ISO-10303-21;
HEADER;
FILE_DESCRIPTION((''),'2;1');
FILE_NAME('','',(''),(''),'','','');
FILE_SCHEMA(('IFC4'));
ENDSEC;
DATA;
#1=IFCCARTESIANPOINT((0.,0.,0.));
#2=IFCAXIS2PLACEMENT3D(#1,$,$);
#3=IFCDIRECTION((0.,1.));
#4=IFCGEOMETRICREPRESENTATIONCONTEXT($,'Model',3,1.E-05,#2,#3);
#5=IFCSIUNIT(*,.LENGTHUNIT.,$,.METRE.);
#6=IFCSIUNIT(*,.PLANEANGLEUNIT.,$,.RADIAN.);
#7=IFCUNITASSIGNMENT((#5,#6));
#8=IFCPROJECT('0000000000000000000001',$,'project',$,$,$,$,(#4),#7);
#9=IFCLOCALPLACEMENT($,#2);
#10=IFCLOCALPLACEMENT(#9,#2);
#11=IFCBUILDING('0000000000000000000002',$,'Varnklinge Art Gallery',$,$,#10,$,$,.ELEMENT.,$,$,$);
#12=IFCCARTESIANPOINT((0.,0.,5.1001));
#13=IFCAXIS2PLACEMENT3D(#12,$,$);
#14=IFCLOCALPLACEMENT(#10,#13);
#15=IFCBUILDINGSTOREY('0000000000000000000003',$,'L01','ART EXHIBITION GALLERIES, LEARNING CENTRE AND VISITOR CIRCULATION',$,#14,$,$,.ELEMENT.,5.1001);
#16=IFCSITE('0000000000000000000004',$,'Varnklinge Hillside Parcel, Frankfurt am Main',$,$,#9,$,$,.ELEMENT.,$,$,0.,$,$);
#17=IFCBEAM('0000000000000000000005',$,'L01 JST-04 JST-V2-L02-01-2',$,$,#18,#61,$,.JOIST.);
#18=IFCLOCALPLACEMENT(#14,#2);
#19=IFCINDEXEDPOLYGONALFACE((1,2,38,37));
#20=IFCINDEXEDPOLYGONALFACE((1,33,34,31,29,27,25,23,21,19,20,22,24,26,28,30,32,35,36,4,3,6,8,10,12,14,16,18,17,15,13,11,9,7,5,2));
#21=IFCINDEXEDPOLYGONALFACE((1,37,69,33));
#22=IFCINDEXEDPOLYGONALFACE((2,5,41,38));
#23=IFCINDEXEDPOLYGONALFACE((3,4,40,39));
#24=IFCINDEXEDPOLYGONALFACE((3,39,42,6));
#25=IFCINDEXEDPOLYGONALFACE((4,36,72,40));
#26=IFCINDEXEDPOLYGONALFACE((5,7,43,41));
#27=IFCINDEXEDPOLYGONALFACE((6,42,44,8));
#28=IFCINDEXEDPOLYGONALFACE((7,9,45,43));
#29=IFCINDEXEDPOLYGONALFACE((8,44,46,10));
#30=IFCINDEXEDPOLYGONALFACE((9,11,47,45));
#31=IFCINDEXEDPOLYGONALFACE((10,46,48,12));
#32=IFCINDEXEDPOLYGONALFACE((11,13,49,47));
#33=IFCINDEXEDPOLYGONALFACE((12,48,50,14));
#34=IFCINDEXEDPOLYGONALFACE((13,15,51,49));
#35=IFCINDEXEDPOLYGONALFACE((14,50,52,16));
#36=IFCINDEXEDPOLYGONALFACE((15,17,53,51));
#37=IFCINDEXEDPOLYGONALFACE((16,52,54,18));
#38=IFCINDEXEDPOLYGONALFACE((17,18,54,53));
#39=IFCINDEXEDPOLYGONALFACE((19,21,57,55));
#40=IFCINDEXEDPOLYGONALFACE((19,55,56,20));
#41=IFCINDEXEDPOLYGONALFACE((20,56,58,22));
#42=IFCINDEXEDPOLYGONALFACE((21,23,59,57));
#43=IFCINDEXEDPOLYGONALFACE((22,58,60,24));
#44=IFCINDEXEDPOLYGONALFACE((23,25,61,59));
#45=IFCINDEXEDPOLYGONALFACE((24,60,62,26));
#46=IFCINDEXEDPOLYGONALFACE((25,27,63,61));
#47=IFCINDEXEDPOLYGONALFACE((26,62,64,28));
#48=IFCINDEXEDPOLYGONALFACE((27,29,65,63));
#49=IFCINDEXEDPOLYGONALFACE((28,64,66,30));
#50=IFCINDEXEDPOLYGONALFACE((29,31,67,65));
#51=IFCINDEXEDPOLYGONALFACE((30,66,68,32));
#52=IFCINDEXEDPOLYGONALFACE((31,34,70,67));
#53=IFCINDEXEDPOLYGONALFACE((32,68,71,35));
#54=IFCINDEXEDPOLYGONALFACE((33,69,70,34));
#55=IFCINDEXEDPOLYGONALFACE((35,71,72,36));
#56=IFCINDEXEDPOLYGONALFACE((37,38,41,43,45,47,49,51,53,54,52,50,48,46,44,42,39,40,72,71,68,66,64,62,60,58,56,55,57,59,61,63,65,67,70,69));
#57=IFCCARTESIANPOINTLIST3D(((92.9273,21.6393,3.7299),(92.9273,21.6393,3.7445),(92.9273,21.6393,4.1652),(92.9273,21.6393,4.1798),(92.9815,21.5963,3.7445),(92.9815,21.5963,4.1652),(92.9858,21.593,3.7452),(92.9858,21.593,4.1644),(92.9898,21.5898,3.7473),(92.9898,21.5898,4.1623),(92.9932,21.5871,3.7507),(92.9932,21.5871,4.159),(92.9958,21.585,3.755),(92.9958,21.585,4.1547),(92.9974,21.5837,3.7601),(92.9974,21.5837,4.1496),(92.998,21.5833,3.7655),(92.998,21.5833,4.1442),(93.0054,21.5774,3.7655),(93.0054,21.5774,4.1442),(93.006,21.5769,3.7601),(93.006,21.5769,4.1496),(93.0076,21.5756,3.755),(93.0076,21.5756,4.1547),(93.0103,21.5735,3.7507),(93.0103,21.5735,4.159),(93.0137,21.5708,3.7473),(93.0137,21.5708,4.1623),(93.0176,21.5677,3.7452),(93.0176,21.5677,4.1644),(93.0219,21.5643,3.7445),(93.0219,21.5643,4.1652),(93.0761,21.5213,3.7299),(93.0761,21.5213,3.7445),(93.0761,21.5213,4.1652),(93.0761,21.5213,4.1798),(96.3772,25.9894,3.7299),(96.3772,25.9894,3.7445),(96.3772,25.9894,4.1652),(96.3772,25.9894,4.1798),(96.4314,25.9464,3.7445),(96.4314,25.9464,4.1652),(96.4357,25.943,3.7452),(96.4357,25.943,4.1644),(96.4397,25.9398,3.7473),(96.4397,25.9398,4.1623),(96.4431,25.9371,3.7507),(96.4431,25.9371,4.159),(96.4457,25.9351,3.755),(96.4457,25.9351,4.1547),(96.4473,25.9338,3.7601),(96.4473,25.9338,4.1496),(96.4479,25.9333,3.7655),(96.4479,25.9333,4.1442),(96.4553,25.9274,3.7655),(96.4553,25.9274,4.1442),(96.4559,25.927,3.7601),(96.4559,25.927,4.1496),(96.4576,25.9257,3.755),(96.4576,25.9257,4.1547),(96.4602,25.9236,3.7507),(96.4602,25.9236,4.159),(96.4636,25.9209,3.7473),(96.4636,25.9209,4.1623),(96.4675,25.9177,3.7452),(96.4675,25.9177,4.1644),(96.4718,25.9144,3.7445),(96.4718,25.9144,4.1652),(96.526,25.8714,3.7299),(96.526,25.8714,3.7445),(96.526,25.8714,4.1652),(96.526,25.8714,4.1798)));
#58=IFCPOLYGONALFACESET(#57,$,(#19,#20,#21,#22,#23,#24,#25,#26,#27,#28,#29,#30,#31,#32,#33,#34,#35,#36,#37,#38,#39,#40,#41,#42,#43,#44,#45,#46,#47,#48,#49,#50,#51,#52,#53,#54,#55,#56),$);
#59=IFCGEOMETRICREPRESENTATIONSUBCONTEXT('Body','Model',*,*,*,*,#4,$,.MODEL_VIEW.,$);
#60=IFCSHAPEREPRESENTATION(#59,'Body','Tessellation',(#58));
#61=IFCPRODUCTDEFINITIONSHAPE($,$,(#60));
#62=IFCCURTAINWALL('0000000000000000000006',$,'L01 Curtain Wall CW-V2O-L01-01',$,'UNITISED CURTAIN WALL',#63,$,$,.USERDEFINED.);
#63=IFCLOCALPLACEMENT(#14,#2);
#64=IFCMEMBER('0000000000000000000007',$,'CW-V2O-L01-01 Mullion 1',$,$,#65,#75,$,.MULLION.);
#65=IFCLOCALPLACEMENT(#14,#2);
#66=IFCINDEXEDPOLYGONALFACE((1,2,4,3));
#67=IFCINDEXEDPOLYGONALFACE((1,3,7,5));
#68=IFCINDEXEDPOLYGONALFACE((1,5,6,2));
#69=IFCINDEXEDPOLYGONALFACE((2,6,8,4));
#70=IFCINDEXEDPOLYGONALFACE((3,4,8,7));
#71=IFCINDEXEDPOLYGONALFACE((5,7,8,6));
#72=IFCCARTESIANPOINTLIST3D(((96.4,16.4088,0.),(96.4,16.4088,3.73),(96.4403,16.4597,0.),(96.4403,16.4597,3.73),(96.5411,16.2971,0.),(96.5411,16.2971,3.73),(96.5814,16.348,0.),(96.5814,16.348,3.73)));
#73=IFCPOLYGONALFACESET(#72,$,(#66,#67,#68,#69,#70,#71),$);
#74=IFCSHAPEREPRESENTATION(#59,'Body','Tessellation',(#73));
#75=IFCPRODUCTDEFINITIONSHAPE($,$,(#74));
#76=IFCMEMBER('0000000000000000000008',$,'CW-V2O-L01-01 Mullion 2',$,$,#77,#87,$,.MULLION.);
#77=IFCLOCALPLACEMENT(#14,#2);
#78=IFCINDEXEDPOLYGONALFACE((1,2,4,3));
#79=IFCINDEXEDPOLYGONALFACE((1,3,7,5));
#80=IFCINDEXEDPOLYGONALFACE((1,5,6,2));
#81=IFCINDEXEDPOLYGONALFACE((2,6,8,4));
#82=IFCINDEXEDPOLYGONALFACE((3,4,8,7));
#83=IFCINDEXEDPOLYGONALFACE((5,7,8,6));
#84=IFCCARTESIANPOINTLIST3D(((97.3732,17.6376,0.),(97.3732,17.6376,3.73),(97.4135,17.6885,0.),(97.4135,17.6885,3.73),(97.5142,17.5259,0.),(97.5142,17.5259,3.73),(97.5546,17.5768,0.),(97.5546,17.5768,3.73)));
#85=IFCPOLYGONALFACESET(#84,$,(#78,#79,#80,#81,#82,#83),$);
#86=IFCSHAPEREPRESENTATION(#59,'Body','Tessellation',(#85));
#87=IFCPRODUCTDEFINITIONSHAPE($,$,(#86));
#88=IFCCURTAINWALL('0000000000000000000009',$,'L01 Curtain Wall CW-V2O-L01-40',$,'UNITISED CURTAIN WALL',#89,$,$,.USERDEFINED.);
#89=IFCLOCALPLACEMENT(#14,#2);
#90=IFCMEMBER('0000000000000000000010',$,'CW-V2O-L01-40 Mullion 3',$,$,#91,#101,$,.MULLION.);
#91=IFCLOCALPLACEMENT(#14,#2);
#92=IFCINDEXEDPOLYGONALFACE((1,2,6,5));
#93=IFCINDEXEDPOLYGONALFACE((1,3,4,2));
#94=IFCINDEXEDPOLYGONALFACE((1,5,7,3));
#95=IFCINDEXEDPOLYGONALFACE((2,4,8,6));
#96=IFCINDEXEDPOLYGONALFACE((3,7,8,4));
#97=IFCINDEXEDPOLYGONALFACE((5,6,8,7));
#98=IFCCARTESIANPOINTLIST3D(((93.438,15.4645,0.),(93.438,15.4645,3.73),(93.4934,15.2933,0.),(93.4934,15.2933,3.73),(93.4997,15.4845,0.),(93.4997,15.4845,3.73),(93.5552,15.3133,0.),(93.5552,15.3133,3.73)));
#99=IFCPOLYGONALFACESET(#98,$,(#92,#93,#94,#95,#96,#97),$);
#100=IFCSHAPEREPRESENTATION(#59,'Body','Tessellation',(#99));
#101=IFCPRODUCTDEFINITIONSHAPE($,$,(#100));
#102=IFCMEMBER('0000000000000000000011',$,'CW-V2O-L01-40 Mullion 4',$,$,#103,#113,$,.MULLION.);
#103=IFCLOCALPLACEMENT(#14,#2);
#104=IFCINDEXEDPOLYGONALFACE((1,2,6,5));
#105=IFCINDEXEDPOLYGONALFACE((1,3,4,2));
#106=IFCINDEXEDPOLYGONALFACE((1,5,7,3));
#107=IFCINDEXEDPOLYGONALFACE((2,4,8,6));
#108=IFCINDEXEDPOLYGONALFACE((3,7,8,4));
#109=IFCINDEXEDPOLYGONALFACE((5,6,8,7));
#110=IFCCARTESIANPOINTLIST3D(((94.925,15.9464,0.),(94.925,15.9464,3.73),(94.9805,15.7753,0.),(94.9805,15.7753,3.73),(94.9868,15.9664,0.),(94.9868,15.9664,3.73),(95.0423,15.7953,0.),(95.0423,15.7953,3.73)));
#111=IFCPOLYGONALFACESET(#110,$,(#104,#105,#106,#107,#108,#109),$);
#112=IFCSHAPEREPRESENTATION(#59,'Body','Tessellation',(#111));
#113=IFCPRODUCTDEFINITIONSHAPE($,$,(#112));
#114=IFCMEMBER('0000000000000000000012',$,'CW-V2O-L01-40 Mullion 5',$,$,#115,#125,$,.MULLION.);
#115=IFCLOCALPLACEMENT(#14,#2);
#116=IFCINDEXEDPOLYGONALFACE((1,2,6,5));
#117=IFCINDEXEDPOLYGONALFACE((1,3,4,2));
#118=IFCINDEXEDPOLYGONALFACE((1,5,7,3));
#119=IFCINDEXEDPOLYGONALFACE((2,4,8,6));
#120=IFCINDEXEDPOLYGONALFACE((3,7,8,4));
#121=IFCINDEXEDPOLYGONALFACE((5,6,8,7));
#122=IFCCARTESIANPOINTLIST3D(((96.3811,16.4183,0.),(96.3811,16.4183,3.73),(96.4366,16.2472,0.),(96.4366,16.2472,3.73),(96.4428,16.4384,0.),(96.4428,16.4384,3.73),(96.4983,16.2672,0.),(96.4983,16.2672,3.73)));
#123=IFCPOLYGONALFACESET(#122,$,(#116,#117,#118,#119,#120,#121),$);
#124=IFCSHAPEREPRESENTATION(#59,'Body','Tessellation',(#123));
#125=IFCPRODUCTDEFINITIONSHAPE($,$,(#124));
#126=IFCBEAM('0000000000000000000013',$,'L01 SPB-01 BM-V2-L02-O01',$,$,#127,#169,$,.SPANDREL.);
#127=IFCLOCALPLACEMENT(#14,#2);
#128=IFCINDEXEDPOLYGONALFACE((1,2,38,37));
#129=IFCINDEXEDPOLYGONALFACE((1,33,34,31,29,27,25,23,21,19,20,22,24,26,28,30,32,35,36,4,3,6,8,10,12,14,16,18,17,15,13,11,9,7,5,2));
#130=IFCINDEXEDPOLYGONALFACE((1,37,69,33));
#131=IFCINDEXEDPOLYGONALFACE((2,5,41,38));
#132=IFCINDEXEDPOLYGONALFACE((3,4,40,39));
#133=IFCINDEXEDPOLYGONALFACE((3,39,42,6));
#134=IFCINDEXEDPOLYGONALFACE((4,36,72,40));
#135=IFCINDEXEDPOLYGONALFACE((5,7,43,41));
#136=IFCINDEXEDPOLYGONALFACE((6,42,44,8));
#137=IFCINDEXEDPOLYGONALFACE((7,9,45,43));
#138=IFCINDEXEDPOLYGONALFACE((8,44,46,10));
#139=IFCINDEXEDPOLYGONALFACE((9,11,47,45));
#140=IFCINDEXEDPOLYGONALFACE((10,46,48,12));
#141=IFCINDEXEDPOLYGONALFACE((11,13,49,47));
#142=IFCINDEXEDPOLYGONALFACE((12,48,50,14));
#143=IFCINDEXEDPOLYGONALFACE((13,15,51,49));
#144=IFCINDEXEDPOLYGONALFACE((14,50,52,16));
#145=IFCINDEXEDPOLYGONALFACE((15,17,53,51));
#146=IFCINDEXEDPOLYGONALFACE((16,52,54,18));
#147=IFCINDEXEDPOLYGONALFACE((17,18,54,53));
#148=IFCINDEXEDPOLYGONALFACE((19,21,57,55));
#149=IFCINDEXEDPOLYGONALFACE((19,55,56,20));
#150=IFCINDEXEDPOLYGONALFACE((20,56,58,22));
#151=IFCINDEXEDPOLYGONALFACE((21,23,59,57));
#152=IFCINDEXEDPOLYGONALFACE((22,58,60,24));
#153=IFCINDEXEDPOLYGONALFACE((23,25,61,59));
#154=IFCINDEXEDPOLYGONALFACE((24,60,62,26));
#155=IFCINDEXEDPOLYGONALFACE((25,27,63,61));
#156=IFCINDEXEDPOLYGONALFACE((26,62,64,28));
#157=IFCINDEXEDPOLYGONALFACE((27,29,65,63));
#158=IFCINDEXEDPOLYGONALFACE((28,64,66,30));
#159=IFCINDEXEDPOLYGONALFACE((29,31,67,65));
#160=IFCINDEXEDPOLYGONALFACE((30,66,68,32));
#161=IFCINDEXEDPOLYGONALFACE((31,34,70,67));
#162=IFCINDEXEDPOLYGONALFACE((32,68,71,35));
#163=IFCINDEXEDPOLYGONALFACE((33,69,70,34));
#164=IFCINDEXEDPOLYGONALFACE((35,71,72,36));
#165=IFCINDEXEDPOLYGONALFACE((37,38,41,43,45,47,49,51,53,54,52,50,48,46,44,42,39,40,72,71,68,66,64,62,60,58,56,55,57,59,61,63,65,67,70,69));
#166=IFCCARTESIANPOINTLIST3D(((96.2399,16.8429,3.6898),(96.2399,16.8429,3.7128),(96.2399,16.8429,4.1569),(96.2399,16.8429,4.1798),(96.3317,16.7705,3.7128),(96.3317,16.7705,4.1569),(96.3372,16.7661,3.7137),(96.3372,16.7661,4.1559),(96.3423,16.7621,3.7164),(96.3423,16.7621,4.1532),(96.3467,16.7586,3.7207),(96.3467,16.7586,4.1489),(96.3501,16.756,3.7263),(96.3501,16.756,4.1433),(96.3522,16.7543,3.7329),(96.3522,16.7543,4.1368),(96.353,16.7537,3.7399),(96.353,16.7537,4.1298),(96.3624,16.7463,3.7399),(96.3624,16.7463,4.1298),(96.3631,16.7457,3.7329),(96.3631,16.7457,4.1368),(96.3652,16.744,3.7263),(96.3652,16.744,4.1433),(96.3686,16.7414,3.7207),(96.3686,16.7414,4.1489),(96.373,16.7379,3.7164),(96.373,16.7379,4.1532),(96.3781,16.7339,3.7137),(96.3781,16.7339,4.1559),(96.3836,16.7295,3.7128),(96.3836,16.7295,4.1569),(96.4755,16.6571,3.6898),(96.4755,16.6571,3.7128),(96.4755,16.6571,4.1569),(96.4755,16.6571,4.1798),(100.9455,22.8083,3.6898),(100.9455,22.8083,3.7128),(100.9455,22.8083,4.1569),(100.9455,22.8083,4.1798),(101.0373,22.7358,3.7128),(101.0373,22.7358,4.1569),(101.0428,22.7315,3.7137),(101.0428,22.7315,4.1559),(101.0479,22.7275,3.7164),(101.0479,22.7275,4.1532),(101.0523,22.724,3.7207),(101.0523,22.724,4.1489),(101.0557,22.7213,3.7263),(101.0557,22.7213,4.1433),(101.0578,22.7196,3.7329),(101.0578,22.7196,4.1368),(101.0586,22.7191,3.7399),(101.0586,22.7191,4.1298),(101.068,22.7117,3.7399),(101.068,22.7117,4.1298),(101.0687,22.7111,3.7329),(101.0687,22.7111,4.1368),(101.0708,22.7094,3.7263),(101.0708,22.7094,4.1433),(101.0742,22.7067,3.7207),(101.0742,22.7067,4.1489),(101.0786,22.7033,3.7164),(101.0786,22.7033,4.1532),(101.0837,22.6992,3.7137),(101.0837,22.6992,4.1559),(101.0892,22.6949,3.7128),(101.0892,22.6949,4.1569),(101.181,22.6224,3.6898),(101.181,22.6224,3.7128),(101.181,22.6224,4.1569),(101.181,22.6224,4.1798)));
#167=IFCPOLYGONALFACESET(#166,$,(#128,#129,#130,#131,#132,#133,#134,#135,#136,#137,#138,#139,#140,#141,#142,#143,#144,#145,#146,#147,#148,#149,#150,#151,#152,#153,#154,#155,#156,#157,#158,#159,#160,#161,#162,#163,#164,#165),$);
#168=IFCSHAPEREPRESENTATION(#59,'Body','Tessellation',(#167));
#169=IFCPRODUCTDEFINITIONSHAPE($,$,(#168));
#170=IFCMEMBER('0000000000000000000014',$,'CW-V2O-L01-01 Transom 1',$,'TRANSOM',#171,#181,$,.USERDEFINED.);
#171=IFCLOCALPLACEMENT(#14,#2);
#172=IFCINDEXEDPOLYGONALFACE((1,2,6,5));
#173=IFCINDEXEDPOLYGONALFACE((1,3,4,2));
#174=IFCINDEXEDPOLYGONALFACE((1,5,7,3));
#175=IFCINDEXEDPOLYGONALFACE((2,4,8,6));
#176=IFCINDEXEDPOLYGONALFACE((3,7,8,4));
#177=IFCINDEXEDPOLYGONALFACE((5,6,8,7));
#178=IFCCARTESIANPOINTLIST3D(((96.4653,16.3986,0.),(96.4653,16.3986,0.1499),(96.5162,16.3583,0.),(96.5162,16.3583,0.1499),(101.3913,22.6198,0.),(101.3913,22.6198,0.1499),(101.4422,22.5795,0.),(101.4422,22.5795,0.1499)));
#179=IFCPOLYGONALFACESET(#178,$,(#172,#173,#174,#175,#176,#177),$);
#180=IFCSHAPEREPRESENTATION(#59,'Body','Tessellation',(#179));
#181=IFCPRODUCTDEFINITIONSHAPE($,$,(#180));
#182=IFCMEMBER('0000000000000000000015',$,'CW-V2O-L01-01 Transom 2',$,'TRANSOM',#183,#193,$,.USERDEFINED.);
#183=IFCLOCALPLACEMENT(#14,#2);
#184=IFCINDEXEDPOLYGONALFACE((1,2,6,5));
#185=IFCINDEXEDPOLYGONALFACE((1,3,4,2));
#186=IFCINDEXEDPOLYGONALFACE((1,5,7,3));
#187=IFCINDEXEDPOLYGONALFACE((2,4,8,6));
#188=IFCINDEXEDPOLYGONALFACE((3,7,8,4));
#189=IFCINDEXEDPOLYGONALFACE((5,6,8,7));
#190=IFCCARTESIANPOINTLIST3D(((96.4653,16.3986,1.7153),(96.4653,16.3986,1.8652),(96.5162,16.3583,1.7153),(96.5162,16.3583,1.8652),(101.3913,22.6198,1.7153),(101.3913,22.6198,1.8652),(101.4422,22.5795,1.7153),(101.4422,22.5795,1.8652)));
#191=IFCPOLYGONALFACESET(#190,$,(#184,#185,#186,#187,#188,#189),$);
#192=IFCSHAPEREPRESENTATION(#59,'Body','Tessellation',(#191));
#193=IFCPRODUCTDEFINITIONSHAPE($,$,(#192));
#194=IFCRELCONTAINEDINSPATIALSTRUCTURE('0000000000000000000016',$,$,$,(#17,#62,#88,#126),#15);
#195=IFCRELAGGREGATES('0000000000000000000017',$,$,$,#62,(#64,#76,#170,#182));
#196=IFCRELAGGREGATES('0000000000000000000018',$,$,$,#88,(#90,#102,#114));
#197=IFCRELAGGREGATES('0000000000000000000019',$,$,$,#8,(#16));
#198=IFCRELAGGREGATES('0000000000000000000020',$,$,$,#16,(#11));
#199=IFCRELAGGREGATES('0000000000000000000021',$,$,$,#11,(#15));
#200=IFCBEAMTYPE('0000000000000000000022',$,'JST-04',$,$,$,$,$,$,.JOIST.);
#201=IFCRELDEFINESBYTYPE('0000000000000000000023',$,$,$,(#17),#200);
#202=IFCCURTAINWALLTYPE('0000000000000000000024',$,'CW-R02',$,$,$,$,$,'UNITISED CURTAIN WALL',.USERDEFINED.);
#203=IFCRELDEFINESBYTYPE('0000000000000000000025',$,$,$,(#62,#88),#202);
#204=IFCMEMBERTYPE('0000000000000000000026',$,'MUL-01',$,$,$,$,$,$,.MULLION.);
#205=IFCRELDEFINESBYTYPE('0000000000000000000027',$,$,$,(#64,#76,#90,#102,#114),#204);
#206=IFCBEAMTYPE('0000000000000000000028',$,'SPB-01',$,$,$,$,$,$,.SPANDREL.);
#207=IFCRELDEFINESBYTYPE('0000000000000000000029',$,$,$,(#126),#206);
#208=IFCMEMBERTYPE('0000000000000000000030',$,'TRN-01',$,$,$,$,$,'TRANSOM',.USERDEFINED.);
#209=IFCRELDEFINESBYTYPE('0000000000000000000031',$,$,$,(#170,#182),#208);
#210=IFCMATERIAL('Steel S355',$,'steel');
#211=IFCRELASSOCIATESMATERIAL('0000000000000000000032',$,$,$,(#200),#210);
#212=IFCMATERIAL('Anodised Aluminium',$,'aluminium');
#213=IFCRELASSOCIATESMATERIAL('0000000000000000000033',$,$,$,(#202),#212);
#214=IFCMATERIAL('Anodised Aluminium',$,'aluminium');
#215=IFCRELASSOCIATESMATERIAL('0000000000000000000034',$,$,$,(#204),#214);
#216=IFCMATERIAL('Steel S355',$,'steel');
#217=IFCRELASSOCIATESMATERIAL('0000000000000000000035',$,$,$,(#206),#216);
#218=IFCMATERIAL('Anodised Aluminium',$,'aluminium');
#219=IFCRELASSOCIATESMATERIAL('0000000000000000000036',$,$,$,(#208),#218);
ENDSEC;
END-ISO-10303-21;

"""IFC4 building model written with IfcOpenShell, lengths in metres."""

from ifc_helpers import new_model, si_unit, direction, frame, origin, origin_2d, place, context, subcontext, project, spatial, rectangle, i_section, extrude, material, material_profile, profile_set, type_object, element, aggregate, save


model = new_model("IFC4")

# Units and contexts
model_context = context("Model", 3, precision=1e-05, world=origin(), true_north=direction((0.0, 1.0)))
body_context = subcontext(model_context, "Body", "Model", "MODEL_VIEW")
ifc_project = project(units=[si_unit("LENGTHUNIT", "METRE"), si_unit("PLANEANGLEUNIT", "RADIAN")], contexts=[model_context])

# Site, building, storey
site_placement = place(None, origin())
site = spatial("IfcSite", under=ifc_project, at=site_placement, Name="Varnklinge Hillside Parcel, Frankfurt am Main", CompositionType="ELEMENT", RefElevation=0.0)
building_placement = place(site_placement, origin())
building = spatial("IfcBuilding", under=site, at=building_placement, Name="Varnklinge Art Gallery", CompositionType="ELEMENT")
storey_placement = place(building_placement, frame((0.0, 0.0, 5.1001)))
storey = spatial("IfcBuildingStorey", under=building, at=storey_placement, Name="L01", Description="ART EXHIBITION GALLERIES, LEARNING CENTRE AND VISITOR CIRCULATION", CompositionType="ELEMENT", Elevation=5.1001)

# Beam
ifc_material_1 = material(Name="Steel S355", Category="steel")
ifc_material_profile_1 = material_profile(ifc_material_1, i_section(OverallWidth=0.1899, OverallDepth=0.45, WebThickness=0.0095, FlangeThickness=0.0146, FilletRadius=0.021, at=origin_2d()), Name="IPE 450")
ifc_profile_set_1 = profile_set([ifc_material_profile_1], Name="Steel S355")
beam_type_1 = type_object("IfcBeamType", Name="JST-04", PredefinedType="JOIST", material=ifc_profile_set_1)
beam_1_placement = place(storey_placement, frame((93.0017, 21.5803, 3.9548), z_axis=(0.621381, 0.783509, 0.0), x_axis=(-0.783509, 0.621381, 0.0)))
element("IfcBeam", 1, at=beam_1_placement, inside=storey, type_object=beam_type_1, Name="L01 JST-04 JST-V2-L02-01-2", PredefinedType="JOIST", context=body_context, shape_type="SweptSolid", body=[
    extrude(i_section(OverallWidth=0.1899, OverallDepth=0.45, WebThickness=0.0095, FlangeThickness=0.0146, FilletRadius=0.021, at=origin_2d()), origin(), (0.0, 0.0, 1.0), 5.552),
])

# Curtain walls, members
ifc_material_2 = material(Name="Anodised Aluminium", Category="aluminium")
curtain_wall_type = type_object("IfcCurtainWallType", Name="CW-R02", ElementType="UNITISED CURTAIN WALL", PredefinedType="USERDEFINED", material=ifc_material_2)
curtain_wall_1_placement = place(storey_placement, origin())
curtain_wall_1 = element("IfcCurtainWall", 2, at=curtain_wall_1_placement, inside=storey, type_object=curtain_wall_type, Name="L01 Curtain Wall CW-V2O-L01-01", ObjectType="UNITISED CURTAIN WALL", PredefinedType="USERDEFINED")
ifc_material_3 = material(Name="Anodised Aluminium", Category="aluminium")
ifc_material_profile_2 = material_profile(ifc_material_3, rectangle(XDim=0.0649, YDim=0.1799, at=origin_2d()), Name="ALU 65x180")
ifc_profile_set_2 = profile_set([ifc_material_profile_2], Name="Anodised Aluminium")
member_type_1 = type_object("IfcMemberType", Name="MUL-01", PredefinedType="MULLION", material=ifc_profile_set_2)
member_1_placement = place(storey_placement, frame((96.4907, 16.3784, 0.0), z_axis=(0.0, 0.0, 1.0), x_axis=(0.620737, 0.784019, 0.0)))
member_1 = element("IfcMember", 3, at=member_1_placement, type_object=member_type_1, Name="CW-V2O-L01-01 Mullion 1", PredefinedType="MULLION", context=body_context, shape_type="SweptSolid", body=[
    extrude(rectangle(XDim=0.0649, YDim=0.1799, at=origin_2d()), origin(), (0.0, 0.0, 1.0), 3.73),
])
member_2_placement = place(storey_placement, frame((97.4639, 17.6072, 0.0), z_axis=(0.0, 0.0, 1.0), x_axis=(0.620737, 0.784019, 0.0)))
member_2 = element("IfcMember", 4, at=member_2_placement, type_object=member_type_1, Name="CW-V2O-L01-01 Mullion 2", PredefinedType="MULLION", context=body_context, shape_type="SweptSolid", body=[
    extrude(rectangle(XDim=0.0649, YDim=0.1799, at=origin_2d()), origin(), (0.0, 0.0, 1.0), 3.73),
])
curtain_wall_2_placement = place(storey_placement, origin())
curtain_wall_2 = element("IfcCurtainWall", 5, at=curtain_wall_2_placement, inside=storey, type_object=curtain_wall_type, Name="L01 Curtain Wall CW-V2O-L01-40", ObjectType="UNITISED CURTAIN WALL", PredefinedType="USERDEFINED")
member_3_placement = place(storey_placement, frame((93.4966, 15.3889, 0.0), z_axis=(0.0, 0.0, 1.0), x_axis=(0.951272, 0.308353, 0.0)))
member_3 = element("IfcMember", 6, at=member_3_placement, type_object=member_type_1, Name="CW-V2O-L01-40 Mullion 3", PredefinedType="MULLION", context=body_context, shape_type="SweptSolid", body=[
    extrude(rectangle(XDim=0.0649, YDim=0.1799, at=origin_2d()), origin(), (0.0, 0.0, 1.0), 3.73),
])
member_4_placement = place(storey_placement, frame((94.9836, 15.8708, 0.0), z_axis=(0.0, 0.0, 1.0), x_axis=(0.951272, 0.308353, 0.0)))
member_4 = element("IfcMember", 7, at=member_4_placement, type_object=member_type_1, Name="CW-V2O-L01-40 Mullion 4", PredefinedType="MULLION", context=body_context, shape_type="SweptSolid", body=[
    extrude(rectangle(XDim=0.0649, YDim=0.1799, at=origin_2d()), origin(), (0.0, 0.0, 1.0), 3.73),
])
member_5_placement = place(storey_placement, frame((96.4397, 16.3428, 0.0), z_axis=(0.0, 0.0, 1.0), x_axis=(0.951272, 0.308353, 0.0)))
member_5 = element("IfcMember", 8, at=member_5_placement, type_object=member_type_1, Name="CW-V2O-L01-40 Mullion 5", PredefinedType="MULLION", context=body_context, shape_type="SweptSolid", body=[
    extrude(rectangle(XDim=0.0649, YDim=0.1799, at=origin_2d()), origin(), (0.0, 0.0, 1.0), 3.73),
])

# Beam
ifc_material_4 = material(Name="Steel S355", Category="steel")
ifc_material_profile_3 = material_profile(ifc_material_4, i_section(OverallWidth=0.3, OverallDepth=0.49, WebThickness=0.012, FlangeThickness=0.0229, FilletRadius=0.0271, at=origin_2d()), Name="HEA 500")
ifc_profile_set_3 = profile_set([ifc_material_profile_3], Name="Steel S355")
beam_type_2 = type_object("IfcBeamType", Name="SPB-01", PredefinedType="SPANDREL", material=ifc_profile_set_3)
beam_2_placement = place(storey_placement, frame((96.3577, 16.75, 3.9348), z_axis=(0.619328, 0.785133, 0.0), x_axis=(-0.785133, 0.619328, 0.0)))
element("IfcBeam", 9, at=beam_2_placement, inside=storey, type_object=beam_type_2, Name="L01 SPB-01 BM-V2-L02-O01", PredefinedType="SPANDREL", context=body_context, shape_type="SweptSolid", body=[
    extrude(i_section(OverallWidth=0.3, OverallDepth=0.49, WebThickness=0.012, FlangeThickness=0.0229, FilletRadius=0.0271, at=origin_2d()), origin(), (0.0, 0.0, 1.0), 7.5979),
])

# Members
ifc_material_5 = material(Name="Anodised Aluminium", Category="aluminium")
ifc_material_profile_4 = material_profile(ifc_material_5, rectangle(XDim=0.0649, YDim=0.1499, at=origin_2d()), Name="ALU 65x150")
ifc_profile_set_4 = profile_set([ifc_material_profile_4], Name="Anodised Aluminium")
member_type_2 = type_object("IfcMemberType", Name="TRN-01", ElementType="TRANSOM", PredefinedType="USERDEFINED", material=ifc_profile_set_4)
member_6_placement = place(storey_placement, frame((96.4907, 16.3784, 0.075), z_axis=(0.620774, 0.78399, 0.0), x_axis=(-0.78399, 0.620774, 0.0)))
member_6 = element("IfcMember", 10, at=member_6_placement, type_object=member_type_2, Name="CW-V2O-L01-01 Transom 1", ObjectType="TRANSOM", PredefinedType="USERDEFINED", context=body_context, shape_type="SweptSolid", body=[
    extrude(rectangle(XDim=0.0649, YDim=0.1499, at=origin_2d()), origin(), (0.0, 0.0, 1.0), 7.9353),
])
member_7_placement = place(storey_placement, frame((96.4907, 16.3784, 1.7903), z_axis=(0.620774, 0.78399, 0.0), x_axis=(-0.78399, 0.620774, 0.0)))
member_7 = element("IfcMember", 11, at=member_7_placement, type_object=member_type_2, Name="CW-V2O-L01-01 Transom 2", ObjectType="TRANSOM", PredefinedType="USERDEFINED", context=body_context, shape_type="SweptSolid", body=[
    extrude(rectangle(XDim=0.0649, YDim=0.1499, at=origin_2d()), origin(), (0.0, 0.0, 1.0), 7.9353),
])

aggregate(curtain_wall_1, [member_1, member_2, member_6, member_7])
aggregate(curtain_wall_2, [member_3, member_4, member_5])

save(model, "model.ifc")
